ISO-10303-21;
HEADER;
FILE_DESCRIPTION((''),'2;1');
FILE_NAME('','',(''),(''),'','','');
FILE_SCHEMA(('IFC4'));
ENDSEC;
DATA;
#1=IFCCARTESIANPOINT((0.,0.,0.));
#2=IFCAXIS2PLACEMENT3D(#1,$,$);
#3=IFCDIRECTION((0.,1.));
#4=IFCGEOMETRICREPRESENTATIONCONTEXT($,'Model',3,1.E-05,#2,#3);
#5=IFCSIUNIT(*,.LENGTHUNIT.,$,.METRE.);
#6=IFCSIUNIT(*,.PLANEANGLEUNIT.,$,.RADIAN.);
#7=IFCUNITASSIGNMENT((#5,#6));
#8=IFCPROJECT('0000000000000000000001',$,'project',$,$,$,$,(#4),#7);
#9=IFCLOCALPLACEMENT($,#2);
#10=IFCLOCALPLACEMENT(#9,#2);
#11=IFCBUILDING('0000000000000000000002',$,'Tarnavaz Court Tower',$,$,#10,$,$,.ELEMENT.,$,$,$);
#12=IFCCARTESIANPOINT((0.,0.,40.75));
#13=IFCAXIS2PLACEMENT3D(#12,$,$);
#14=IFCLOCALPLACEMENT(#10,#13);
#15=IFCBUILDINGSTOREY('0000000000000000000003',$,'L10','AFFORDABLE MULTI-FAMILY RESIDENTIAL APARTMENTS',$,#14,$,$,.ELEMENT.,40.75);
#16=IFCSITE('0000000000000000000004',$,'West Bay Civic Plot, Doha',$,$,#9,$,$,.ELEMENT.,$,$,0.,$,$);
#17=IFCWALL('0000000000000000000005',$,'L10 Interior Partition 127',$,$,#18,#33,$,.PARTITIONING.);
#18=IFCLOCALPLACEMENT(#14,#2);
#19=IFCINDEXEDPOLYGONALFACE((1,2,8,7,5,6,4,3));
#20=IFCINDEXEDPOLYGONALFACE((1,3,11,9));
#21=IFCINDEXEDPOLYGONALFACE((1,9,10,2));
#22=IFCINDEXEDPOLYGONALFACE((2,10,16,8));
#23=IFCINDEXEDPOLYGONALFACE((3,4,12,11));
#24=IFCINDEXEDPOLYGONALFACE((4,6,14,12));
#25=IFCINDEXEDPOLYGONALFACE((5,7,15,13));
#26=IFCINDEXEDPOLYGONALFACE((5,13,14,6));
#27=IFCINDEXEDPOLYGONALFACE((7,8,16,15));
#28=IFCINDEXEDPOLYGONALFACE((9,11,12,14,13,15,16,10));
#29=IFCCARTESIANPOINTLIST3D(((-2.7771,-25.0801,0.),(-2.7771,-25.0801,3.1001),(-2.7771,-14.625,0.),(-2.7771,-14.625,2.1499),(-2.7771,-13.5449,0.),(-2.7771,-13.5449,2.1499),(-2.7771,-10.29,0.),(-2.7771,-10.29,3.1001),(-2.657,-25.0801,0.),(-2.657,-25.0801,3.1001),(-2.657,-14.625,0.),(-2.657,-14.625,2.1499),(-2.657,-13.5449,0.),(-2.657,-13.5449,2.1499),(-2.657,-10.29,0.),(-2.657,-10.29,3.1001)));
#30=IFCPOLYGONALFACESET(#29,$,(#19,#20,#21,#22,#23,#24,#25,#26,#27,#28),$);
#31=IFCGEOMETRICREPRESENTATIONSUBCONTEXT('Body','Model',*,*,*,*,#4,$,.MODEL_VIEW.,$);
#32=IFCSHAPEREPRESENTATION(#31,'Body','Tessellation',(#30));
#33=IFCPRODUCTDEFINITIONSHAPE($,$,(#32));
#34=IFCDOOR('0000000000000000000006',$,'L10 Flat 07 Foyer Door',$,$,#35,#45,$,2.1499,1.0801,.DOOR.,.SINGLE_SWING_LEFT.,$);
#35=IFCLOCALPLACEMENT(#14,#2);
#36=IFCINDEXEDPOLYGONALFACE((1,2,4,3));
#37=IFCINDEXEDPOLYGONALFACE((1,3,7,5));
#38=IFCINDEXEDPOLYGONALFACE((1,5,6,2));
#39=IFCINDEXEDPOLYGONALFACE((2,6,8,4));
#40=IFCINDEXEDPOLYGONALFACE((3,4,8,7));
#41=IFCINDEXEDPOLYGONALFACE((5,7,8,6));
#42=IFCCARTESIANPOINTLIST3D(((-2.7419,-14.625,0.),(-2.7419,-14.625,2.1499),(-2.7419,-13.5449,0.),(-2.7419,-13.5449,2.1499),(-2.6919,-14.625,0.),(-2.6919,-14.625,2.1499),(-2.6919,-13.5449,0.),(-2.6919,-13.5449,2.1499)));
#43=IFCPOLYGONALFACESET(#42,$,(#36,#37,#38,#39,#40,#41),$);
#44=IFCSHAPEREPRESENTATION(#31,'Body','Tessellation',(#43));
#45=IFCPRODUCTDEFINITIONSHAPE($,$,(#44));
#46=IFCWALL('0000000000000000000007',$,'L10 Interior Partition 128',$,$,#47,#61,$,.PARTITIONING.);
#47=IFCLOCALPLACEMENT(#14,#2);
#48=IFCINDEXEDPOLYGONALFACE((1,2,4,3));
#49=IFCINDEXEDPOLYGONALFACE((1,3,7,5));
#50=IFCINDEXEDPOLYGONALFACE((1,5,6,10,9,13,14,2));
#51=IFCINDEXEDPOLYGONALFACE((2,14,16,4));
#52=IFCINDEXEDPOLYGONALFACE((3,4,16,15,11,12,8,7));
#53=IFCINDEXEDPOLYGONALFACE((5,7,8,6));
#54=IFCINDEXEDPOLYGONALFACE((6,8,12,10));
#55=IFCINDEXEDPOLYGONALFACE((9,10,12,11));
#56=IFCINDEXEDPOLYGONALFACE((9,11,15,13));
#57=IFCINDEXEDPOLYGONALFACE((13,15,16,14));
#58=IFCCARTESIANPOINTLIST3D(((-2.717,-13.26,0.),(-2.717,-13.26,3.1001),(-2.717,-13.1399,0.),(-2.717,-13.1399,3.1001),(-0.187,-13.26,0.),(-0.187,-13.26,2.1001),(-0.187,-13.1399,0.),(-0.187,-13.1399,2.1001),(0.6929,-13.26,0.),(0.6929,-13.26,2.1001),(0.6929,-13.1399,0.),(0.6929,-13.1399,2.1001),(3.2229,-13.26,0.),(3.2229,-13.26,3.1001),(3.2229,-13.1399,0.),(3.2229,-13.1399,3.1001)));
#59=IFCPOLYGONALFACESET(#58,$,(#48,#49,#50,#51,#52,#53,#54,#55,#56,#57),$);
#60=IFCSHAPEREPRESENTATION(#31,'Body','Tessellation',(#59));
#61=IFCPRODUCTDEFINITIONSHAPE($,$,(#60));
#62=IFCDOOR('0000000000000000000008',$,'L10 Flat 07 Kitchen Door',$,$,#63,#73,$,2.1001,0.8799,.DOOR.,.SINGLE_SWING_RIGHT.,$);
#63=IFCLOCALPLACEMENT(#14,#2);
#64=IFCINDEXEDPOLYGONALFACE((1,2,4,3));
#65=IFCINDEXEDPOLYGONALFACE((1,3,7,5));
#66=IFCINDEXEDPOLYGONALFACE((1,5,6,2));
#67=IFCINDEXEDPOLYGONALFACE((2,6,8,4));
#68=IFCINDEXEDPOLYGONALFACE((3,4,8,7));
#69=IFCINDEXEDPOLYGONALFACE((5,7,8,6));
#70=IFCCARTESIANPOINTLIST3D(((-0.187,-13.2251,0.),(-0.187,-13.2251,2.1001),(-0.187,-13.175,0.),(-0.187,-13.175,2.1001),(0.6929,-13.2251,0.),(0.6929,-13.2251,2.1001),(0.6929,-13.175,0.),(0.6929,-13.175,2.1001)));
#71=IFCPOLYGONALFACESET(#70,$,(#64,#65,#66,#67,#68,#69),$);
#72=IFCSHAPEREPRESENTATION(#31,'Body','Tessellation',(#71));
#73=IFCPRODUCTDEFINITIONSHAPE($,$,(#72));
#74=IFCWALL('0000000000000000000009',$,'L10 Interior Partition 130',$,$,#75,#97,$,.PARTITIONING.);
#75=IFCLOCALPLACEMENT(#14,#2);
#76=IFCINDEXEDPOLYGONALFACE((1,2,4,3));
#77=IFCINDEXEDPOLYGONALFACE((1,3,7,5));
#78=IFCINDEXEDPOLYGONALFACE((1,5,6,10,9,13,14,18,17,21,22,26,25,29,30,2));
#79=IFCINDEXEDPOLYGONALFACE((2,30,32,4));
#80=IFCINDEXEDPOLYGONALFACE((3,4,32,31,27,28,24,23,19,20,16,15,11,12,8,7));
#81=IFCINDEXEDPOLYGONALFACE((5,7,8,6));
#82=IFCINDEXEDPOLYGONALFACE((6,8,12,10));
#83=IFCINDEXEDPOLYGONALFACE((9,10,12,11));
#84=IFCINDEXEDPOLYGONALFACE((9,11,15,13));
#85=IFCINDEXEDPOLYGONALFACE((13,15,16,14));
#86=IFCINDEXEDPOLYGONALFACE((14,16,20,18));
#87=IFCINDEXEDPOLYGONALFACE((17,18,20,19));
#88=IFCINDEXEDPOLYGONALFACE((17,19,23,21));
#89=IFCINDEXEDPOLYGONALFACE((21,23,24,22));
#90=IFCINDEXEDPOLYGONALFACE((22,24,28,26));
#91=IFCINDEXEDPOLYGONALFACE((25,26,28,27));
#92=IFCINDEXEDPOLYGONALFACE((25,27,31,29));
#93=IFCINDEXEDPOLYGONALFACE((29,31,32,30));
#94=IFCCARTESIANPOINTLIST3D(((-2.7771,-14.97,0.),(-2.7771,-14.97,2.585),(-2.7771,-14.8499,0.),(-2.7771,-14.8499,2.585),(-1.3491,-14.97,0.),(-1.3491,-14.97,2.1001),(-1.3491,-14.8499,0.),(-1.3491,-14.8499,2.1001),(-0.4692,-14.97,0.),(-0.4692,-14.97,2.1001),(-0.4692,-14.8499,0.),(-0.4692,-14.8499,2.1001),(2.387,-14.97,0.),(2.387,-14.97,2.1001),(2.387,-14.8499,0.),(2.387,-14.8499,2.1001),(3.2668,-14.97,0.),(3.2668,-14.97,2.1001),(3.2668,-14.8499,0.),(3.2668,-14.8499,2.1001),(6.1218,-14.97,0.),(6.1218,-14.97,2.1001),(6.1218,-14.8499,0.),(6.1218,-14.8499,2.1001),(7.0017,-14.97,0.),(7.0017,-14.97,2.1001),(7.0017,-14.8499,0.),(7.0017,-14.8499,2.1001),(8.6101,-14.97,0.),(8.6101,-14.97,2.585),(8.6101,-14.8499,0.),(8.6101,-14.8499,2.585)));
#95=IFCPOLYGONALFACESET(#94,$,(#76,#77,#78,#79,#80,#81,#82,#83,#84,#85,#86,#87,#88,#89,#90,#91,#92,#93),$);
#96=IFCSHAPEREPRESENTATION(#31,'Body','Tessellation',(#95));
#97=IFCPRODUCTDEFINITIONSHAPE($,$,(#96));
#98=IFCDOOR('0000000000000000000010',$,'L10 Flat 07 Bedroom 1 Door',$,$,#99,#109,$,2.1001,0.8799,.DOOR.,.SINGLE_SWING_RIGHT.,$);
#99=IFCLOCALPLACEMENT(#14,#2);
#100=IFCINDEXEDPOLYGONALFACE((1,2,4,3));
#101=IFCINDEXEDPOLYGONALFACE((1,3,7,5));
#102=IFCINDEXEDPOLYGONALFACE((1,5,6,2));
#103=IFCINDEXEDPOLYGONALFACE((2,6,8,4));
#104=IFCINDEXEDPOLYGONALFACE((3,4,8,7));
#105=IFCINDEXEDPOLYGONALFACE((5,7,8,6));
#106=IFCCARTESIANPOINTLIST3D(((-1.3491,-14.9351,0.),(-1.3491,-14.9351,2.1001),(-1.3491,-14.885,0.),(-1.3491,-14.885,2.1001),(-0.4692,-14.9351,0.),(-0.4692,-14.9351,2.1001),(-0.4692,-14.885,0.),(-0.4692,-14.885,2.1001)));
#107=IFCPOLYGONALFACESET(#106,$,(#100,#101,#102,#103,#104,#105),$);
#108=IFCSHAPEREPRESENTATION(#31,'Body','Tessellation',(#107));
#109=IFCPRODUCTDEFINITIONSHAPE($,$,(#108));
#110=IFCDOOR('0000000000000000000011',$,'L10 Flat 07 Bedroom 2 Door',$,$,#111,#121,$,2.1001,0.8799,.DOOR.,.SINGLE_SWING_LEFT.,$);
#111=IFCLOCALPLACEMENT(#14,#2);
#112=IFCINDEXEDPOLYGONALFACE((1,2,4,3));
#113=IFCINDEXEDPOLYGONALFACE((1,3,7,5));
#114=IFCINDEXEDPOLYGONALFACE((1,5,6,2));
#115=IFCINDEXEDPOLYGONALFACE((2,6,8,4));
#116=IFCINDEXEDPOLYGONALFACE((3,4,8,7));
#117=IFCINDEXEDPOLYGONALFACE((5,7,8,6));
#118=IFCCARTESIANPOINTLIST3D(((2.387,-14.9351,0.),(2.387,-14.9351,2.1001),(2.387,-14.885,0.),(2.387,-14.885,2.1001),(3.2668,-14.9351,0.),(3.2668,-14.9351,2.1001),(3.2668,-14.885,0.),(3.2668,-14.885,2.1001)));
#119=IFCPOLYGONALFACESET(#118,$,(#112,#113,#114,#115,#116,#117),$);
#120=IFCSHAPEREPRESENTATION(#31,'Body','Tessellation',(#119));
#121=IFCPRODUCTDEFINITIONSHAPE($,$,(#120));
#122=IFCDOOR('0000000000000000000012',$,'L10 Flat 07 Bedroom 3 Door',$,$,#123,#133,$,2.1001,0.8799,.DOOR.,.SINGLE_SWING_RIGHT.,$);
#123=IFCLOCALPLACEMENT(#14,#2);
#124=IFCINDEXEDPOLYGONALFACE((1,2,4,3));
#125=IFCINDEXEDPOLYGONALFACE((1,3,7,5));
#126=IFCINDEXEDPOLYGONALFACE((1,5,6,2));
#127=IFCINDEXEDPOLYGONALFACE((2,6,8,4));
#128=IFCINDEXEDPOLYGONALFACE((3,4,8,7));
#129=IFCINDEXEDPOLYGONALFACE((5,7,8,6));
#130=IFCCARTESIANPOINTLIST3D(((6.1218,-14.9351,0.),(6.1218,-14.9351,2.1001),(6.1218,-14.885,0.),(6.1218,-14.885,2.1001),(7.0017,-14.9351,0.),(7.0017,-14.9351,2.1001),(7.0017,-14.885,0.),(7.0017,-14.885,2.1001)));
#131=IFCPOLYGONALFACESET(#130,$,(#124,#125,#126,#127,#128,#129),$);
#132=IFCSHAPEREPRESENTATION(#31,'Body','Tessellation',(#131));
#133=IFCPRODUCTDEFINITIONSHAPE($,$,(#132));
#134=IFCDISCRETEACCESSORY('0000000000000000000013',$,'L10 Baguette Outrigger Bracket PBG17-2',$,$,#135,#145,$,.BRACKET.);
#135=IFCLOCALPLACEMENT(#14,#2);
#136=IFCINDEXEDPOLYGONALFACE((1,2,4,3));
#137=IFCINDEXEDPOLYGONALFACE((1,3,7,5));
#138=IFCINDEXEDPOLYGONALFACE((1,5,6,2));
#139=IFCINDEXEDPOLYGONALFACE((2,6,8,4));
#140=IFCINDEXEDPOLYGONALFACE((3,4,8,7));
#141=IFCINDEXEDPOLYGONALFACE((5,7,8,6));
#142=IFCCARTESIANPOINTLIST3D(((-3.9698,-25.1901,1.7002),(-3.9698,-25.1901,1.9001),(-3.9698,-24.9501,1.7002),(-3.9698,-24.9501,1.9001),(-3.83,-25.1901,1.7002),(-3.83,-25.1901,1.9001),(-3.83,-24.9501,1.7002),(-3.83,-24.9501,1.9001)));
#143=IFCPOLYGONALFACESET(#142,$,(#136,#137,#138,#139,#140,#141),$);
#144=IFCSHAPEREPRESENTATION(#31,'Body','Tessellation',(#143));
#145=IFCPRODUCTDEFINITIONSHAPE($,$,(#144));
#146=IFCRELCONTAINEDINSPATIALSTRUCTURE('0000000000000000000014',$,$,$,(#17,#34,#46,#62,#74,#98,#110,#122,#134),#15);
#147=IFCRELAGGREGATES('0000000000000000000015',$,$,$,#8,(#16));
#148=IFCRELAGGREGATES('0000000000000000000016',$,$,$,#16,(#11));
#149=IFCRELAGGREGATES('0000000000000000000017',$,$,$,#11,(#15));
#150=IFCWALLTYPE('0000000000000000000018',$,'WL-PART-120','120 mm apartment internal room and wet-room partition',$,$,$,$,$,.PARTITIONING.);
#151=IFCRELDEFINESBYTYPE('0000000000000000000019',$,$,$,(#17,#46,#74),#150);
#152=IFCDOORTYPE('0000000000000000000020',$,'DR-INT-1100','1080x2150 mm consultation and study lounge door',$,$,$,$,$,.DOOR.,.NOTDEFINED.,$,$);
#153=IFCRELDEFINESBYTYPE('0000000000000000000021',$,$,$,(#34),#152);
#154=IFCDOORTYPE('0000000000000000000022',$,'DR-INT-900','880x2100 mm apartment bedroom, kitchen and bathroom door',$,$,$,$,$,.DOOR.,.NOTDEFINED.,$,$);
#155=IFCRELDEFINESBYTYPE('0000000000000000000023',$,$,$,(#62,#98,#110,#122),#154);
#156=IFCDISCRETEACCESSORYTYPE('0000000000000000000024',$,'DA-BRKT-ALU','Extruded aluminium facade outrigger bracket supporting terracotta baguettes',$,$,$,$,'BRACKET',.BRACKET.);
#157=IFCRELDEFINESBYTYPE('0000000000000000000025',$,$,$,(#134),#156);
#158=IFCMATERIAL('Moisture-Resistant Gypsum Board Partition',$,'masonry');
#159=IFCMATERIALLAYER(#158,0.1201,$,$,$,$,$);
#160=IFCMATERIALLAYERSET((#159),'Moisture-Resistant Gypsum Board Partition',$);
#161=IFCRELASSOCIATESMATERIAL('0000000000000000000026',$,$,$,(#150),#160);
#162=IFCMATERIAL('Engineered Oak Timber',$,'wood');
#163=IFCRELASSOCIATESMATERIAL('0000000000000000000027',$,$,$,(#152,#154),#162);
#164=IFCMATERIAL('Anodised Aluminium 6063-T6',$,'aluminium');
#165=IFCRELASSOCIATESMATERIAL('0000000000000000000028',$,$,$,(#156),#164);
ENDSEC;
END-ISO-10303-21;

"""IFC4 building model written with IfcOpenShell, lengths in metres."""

from ifc_helpers import new_model, si_unit, direction, frame, frame_2d, origin, origin_2d, place, context, subcontext, project, spatial, rectangle, extrude, material, layer, layer_set, type_object, element, fill, save


model = new_model("IFC4")

# Units and contexts
model_context = context("Model", 3, precision=1e-05, world=origin(), true_north=direction((0.0, 1.0)))
body_context = subcontext(model_context, "Body", "Model", "MODEL_VIEW")
ifc_project = project(units=[si_unit("LENGTHUNIT", "METRE"), si_unit("PLANEANGLEUNIT", "RADIAN")], contexts=[model_context])

# Site, building, storey
site_placement = place(None, origin())
site = spatial("IfcSite", under=ifc_project, at=site_placement, Name="West Bay Civic Plot, Doha", CompositionType="ELEMENT", RefElevation=0.0)
building_placement = place(site_placement, origin())
building = spatial("IfcBuilding", under=site, at=building_placement, Name="Tarnavaz Court Tower", CompositionType="ELEMENT")
storey_placement = place(building_placement, frame((0.0, 0.0, 40.75)))
storey = spatial("IfcBuildingStorey", under=building, at=storey_placement, Name="L10", Description="AFFORDABLE MULTI-FAMILY RESIDENTIAL APARTMENTS", CompositionType="ELEMENT", Elevation=40.75)

# Shared definitions
ifc_material_1 = material(Name="Anodised Aluminium 6063-T6", Category="aluminium")

# Walls, openings, doors
ifc_material_2 = material(Name="Moisture-Resistant Gypsum Board Partition", Category="masonry")
ifc_layer_1 = layer(ifc_material_2, 0.1201)
ifc_layer_set_1 = layer_set([ifc_layer_1], Name="Moisture-Resistant Gypsum Board Partition")
wall_type_1 = type_object("IfcWallType", Name="WL-PART-120", Description="120 mm apartment internal room and wet-room partition", PredefinedType="PARTITIONING", material=ifc_layer_set_1)
wall_1_placement = place(storey_placement, frame((-2.717, -25.0801, 0.0), z_axis=(0.0, 0.0, 1.0), x_axis=(0.0, 1.0, 0.0)))
wall_1 = element("IfcWall", 1, at=wall_1_placement, inside=storey, type_object=wall_type_1, Name="L10 Interior Partition 127", PredefinedType="PARTITIONING", context=body_context, shape_type="SweptSolid", body=[
    extrude(rectangle(XDim=14.79, YDim=0.1201, at=frame_2d((7.395, 0.0))), origin(), (0.0, 0.0, 1.0), 3.1001),
])
opening_1_placement = place(wall_1_placement, frame((10.4551, 0.0, 0.0)))
opening_1 = element("IfcOpeningElement", 2, at=opening_1_placement, cuts=wall_1, PredefinedType="OPENING", context=body_context, shape_type="SweptSolid", body=[
    extrude(rectangle(XDim=1.0801, YDim=2.1499, at=frame_2d((0.54, 1.075))), frame((0.0, 0.0701, 0.0), z_axis=(0.0, -1.0, 0.0), x_axis=(1.0, 0.0, 0.0)), (0.0, 0.0, 1.0), 0.1401),
])
ifc_material_3 = material(Name="Engineered Oak Timber", Category="wood")
door_type_1 = type_object("IfcDoorType", Name="DR-INT-1100", Description="1080x2150 mm consultation and study lounge door", OperationType="NOTDEFINED", PredefinedType="DOOR", material=ifc_material_3)
door_1_placement = place(opening_1_placement, origin())
door_1 = element("IfcDoor", 3, at=door_1_placement, inside=storey, type_object=door_type_1, Name="L10 Flat 07 Foyer Door", OperationType="SINGLE_SWING_LEFT", OverallHeight=2.1499, OverallWidth=1.0801, PredefinedType="DOOR", context=body_context, shape_type="SweptSolid", body=[
    extrude(rectangle(XDim=1.0801, YDim=2.1499, at=frame_2d((0.54, 1.075))), frame((0.0, 0.0249, 0.0), z_axis=(0.0, -1.0, 0.0), x_axis=(1.0, 0.0, 0.0)), (0.0, 0.0, 1.0), 0.05),
])
fill(opening_1, door_1)
wall_2_placement = place(storey_placement, frame((-2.717, -13.2, 0.0), z_axis=(0.0, 0.0, 1.0), x_axis=(1.0, 0.0, 0.0)))
wall_2 = element("IfcWall", 4, at=wall_2_placement, inside=storey, type_object=wall_type_1, Name="L10 Interior Partition 128", PredefinedType="PARTITIONING", context=body_context, shape_type="SweptSolid", body=[
    extrude(rectangle(XDim=5.9399, YDim=0.1201, at=frame_2d((2.97, 0.0))), origin(), (0.0, 0.0, 1.0), 3.1001),
])
opening_2_placement = place(wall_2_placement, frame((2.53, 0.0, 0.0)))
opening_2 = element("IfcOpeningElement", 5, at=opening_2_placement, cuts=wall_2, PredefinedType="OPENING", context=body_context, shape_type="SweptSolid", body=[
    extrude(rectangle(XDim=0.8799, YDim=2.1001, at=frame_2d((0.4399, 1.05))), frame((0.0, 0.0701, 0.0), z_axis=(0.0, -1.0, 0.0), x_axis=(1.0, 0.0, 0.0)), (0.0, 0.0, 1.0), 0.1401),
])
door_type_2 = type_object("IfcDoorType", Name="DR-INT-900", Description="880x2100 mm apartment bedroom, kitchen and bathroom door", OperationType="NOTDEFINED", PredefinedType="DOOR", material=ifc_material_3)
door_2_placement = place(opening_2_placement, origin())
door_2 = element("IfcDoor", 6, at=door_2_placement, inside=storey, type_object=door_type_2, Name="L10 Flat 07 Kitchen Door", OperationType="SINGLE_SWING_RIGHT", OverallHeight=2.1001, OverallWidth=0.8799, PredefinedType="DOOR", context=body_context, shape_type="SweptSolid", body=[
    extrude(rectangle(XDim=0.8799, YDim=2.1001, at=frame_2d((0.4399, 1.05))), frame((0.0, 0.0249, 0.0), z_axis=(0.0, -1.0, 0.0), x_axis=(1.0, 0.0, 0.0)), (0.0, 0.0, 1.0), 0.05),
])
fill(opening_2, door_2)

# Wall, openings, doors
wall_3_placement = place(storey_placement, frame((-2.7771, -14.9099, 0.0), z_axis=(0.0, 0.0, 1.0), x_axis=(1.0, 0.0, 0.0)))
wall_3 = element("IfcWall", 7, at=wall_3_placement, inside=storey, type_object=wall_type_1, Name="L10 Interior Partition 130", PredefinedType="PARTITIONING", context=body_context, shape_type="SweptSolid", body=[
    extrude(rectangle(XDim=11.3872, YDim=0.1201, at=frame_2d((5.6936, 0.0))), origin(), (0.0, 0.0, 1.0), 2.585),
])
opening_3_placement = place(wall_3_placement, frame((1.428, 0.0, 0.0)))
opening_3 = element("IfcOpeningElement", 8, at=opening_3_placement, cuts=wall_3, PredefinedType="OPENING", context=body_context, shape_type="SweptSolid", body=[
    extrude(rectangle(XDim=0.8799, YDim=2.1001, at=frame_2d((0.4399, 1.05))), frame((0.0, 0.0701, 0.0), z_axis=(0.0, -1.0, 0.0), x_axis=(1.0, 0.0, 0.0)), (0.0, 0.0, 1.0), 0.1401),
])
opening_4_placement = place(wall_3_placement, frame((5.1641, 0.0, 0.0)))
opening_4 = element("IfcOpeningElement", 9, at=opening_4_placement, cuts=wall_3, PredefinedType="OPENING", context=body_context, shape_type="SweptSolid", body=[
    extrude(rectangle(XDim=0.8799, YDim=2.1001, at=frame_2d((0.4399, 1.05))), frame((0.0, 0.0701, 0.0), z_axis=(0.0, -1.0, 0.0), x_axis=(1.0, 0.0, 0.0)), (0.0, 0.0, 1.0), 0.1401),
])
opening_5_placement = place(wall_3_placement, frame((8.8989, 0.0, 0.0)))
opening_5 = element("IfcOpeningElement", 10, at=opening_5_placement, cuts=wall_3, PredefinedType="OPENING", context=body_context, shape_type="SweptSolid", body=[
    extrude(rectangle(XDim=0.8799, YDim=2.1001, at=frame_2d((0.4399, 1.05))), frame((0.0, 0.0701, 0.0), z_axis=(0.0, -1.0, 0.0), x_axis=(1.0, 0.0, 0.0)), (0.0, 0.0, 1.0), 0.1401),
])
door_3_placement = place(opening_3_placement, origin())
door_3 = element("IfcDoor", 11, at=door_3_placement, inside=storey, type_object=door_type_2, Name="L10 Flat 07 Bedroom 1 Door", OperationType="SINGLE_SWING_RIGHT", OverallHeight=2.1001, OverallWidth=0.8799, PredefinedType="DOOR", context=body_context, shape_type="SweptSolid", body=[
    extrude(rectangle(XDim=0.8799, YDim=2.1001, at=frame_2d((0.4399, 1.05))), frame((0.0, 0.0249, 0.0), z_axis=(0.0, -1.0, 0.0), x_axis=(1.0, 0.0, 0.0)), (0.0, 0.0, 1.0), 0.05),
])
fill(opening_3, door_3)
door_4_placement = place(opening_4_placement, origin())
door_4 = element("IfcDoor", 12, at=door_4_placement, inside=storey, type_object=door_type_2, Name="L10 Flat 07 Bedroom 2 Door", OperationType="SINGLE_SWING_LEFT", OverallHeight=2.1001, OverallWidth=0.8799, PredefinedType="DOOR", context=body_context, shape_type="SweptSolid", body=[
    extrude(rectangle(XDim=0.8799, YDim=2.1001, at=frame_2d((0.4399, 1.05))), frame((0.0, 0.0249, 0.0), z_axis=(0.0, -1.0, 0.0), x_axis=(1.0, 0.0, 0.0)), (0.0, 0.0, 1.0), 0.05),
])
fill(opening_4, door_4)
door_5_placement = place(opening_5_placement, origin())
door_5 = element("IfcDoor", 13, at=door_5_placement, inside=storey, type_object=door_type_2, Name="L10 Flat 07 Bedroom 3 Door", OperationType="SINGLE_SWING_RIGHT", OverallHeight=2.1001, OverallWidth=0.8799, PredefinedType="DOOR", context=body_context, shape_type="SweptSolid", body=[
    extrude(rectangle(XDim=0.8799, YDim=2.1001, at=frame_2d((0.4399, 1.05))), frame((0.0, 0.0249, 0.0), z_axis=(0.0, -1.0, 0.0), x_axis=(1.0, 0.0, 0.0)), (0.0, 0.0, 1.0), 0.05),
])
fill(opening_5, door_5)

# Discrete accessory
discrete_accessory_type = type_object("IfcDiscreteAccessoryType", Name="DA-BRKT-ALU", Description="Extruded aluminium facade outrigger bracket supporting terracotta baguettes", ElementType="BRACKET", PredefinedType="BRACKET", material=ifc_material_1)
discrete_accessory_placement = place(storey_placement, frame((-3.8999, -25.0701, 1.7002), z_axis=(0.0, 0.0, 1.0), x_axis=(-1.0, 0.0, 0.0)))
element("IfcDiscreteAccessory", 14, at=discrete_accessory_placement, inside=storey, type_object=discrete_accessory_type, Name="L10 Baguette Outrigger Bracket PBG17-2", PredefinedType="BRACKET", context=body_context, shape_type="SweptSolid", body=[
    extrude(rectangle(XDim=0.1399, YDim=0.24, at=origin_2d()), origin(), (0.0, 0.0, 1.0), 0.2),
])

save(model, "model.ifc")
